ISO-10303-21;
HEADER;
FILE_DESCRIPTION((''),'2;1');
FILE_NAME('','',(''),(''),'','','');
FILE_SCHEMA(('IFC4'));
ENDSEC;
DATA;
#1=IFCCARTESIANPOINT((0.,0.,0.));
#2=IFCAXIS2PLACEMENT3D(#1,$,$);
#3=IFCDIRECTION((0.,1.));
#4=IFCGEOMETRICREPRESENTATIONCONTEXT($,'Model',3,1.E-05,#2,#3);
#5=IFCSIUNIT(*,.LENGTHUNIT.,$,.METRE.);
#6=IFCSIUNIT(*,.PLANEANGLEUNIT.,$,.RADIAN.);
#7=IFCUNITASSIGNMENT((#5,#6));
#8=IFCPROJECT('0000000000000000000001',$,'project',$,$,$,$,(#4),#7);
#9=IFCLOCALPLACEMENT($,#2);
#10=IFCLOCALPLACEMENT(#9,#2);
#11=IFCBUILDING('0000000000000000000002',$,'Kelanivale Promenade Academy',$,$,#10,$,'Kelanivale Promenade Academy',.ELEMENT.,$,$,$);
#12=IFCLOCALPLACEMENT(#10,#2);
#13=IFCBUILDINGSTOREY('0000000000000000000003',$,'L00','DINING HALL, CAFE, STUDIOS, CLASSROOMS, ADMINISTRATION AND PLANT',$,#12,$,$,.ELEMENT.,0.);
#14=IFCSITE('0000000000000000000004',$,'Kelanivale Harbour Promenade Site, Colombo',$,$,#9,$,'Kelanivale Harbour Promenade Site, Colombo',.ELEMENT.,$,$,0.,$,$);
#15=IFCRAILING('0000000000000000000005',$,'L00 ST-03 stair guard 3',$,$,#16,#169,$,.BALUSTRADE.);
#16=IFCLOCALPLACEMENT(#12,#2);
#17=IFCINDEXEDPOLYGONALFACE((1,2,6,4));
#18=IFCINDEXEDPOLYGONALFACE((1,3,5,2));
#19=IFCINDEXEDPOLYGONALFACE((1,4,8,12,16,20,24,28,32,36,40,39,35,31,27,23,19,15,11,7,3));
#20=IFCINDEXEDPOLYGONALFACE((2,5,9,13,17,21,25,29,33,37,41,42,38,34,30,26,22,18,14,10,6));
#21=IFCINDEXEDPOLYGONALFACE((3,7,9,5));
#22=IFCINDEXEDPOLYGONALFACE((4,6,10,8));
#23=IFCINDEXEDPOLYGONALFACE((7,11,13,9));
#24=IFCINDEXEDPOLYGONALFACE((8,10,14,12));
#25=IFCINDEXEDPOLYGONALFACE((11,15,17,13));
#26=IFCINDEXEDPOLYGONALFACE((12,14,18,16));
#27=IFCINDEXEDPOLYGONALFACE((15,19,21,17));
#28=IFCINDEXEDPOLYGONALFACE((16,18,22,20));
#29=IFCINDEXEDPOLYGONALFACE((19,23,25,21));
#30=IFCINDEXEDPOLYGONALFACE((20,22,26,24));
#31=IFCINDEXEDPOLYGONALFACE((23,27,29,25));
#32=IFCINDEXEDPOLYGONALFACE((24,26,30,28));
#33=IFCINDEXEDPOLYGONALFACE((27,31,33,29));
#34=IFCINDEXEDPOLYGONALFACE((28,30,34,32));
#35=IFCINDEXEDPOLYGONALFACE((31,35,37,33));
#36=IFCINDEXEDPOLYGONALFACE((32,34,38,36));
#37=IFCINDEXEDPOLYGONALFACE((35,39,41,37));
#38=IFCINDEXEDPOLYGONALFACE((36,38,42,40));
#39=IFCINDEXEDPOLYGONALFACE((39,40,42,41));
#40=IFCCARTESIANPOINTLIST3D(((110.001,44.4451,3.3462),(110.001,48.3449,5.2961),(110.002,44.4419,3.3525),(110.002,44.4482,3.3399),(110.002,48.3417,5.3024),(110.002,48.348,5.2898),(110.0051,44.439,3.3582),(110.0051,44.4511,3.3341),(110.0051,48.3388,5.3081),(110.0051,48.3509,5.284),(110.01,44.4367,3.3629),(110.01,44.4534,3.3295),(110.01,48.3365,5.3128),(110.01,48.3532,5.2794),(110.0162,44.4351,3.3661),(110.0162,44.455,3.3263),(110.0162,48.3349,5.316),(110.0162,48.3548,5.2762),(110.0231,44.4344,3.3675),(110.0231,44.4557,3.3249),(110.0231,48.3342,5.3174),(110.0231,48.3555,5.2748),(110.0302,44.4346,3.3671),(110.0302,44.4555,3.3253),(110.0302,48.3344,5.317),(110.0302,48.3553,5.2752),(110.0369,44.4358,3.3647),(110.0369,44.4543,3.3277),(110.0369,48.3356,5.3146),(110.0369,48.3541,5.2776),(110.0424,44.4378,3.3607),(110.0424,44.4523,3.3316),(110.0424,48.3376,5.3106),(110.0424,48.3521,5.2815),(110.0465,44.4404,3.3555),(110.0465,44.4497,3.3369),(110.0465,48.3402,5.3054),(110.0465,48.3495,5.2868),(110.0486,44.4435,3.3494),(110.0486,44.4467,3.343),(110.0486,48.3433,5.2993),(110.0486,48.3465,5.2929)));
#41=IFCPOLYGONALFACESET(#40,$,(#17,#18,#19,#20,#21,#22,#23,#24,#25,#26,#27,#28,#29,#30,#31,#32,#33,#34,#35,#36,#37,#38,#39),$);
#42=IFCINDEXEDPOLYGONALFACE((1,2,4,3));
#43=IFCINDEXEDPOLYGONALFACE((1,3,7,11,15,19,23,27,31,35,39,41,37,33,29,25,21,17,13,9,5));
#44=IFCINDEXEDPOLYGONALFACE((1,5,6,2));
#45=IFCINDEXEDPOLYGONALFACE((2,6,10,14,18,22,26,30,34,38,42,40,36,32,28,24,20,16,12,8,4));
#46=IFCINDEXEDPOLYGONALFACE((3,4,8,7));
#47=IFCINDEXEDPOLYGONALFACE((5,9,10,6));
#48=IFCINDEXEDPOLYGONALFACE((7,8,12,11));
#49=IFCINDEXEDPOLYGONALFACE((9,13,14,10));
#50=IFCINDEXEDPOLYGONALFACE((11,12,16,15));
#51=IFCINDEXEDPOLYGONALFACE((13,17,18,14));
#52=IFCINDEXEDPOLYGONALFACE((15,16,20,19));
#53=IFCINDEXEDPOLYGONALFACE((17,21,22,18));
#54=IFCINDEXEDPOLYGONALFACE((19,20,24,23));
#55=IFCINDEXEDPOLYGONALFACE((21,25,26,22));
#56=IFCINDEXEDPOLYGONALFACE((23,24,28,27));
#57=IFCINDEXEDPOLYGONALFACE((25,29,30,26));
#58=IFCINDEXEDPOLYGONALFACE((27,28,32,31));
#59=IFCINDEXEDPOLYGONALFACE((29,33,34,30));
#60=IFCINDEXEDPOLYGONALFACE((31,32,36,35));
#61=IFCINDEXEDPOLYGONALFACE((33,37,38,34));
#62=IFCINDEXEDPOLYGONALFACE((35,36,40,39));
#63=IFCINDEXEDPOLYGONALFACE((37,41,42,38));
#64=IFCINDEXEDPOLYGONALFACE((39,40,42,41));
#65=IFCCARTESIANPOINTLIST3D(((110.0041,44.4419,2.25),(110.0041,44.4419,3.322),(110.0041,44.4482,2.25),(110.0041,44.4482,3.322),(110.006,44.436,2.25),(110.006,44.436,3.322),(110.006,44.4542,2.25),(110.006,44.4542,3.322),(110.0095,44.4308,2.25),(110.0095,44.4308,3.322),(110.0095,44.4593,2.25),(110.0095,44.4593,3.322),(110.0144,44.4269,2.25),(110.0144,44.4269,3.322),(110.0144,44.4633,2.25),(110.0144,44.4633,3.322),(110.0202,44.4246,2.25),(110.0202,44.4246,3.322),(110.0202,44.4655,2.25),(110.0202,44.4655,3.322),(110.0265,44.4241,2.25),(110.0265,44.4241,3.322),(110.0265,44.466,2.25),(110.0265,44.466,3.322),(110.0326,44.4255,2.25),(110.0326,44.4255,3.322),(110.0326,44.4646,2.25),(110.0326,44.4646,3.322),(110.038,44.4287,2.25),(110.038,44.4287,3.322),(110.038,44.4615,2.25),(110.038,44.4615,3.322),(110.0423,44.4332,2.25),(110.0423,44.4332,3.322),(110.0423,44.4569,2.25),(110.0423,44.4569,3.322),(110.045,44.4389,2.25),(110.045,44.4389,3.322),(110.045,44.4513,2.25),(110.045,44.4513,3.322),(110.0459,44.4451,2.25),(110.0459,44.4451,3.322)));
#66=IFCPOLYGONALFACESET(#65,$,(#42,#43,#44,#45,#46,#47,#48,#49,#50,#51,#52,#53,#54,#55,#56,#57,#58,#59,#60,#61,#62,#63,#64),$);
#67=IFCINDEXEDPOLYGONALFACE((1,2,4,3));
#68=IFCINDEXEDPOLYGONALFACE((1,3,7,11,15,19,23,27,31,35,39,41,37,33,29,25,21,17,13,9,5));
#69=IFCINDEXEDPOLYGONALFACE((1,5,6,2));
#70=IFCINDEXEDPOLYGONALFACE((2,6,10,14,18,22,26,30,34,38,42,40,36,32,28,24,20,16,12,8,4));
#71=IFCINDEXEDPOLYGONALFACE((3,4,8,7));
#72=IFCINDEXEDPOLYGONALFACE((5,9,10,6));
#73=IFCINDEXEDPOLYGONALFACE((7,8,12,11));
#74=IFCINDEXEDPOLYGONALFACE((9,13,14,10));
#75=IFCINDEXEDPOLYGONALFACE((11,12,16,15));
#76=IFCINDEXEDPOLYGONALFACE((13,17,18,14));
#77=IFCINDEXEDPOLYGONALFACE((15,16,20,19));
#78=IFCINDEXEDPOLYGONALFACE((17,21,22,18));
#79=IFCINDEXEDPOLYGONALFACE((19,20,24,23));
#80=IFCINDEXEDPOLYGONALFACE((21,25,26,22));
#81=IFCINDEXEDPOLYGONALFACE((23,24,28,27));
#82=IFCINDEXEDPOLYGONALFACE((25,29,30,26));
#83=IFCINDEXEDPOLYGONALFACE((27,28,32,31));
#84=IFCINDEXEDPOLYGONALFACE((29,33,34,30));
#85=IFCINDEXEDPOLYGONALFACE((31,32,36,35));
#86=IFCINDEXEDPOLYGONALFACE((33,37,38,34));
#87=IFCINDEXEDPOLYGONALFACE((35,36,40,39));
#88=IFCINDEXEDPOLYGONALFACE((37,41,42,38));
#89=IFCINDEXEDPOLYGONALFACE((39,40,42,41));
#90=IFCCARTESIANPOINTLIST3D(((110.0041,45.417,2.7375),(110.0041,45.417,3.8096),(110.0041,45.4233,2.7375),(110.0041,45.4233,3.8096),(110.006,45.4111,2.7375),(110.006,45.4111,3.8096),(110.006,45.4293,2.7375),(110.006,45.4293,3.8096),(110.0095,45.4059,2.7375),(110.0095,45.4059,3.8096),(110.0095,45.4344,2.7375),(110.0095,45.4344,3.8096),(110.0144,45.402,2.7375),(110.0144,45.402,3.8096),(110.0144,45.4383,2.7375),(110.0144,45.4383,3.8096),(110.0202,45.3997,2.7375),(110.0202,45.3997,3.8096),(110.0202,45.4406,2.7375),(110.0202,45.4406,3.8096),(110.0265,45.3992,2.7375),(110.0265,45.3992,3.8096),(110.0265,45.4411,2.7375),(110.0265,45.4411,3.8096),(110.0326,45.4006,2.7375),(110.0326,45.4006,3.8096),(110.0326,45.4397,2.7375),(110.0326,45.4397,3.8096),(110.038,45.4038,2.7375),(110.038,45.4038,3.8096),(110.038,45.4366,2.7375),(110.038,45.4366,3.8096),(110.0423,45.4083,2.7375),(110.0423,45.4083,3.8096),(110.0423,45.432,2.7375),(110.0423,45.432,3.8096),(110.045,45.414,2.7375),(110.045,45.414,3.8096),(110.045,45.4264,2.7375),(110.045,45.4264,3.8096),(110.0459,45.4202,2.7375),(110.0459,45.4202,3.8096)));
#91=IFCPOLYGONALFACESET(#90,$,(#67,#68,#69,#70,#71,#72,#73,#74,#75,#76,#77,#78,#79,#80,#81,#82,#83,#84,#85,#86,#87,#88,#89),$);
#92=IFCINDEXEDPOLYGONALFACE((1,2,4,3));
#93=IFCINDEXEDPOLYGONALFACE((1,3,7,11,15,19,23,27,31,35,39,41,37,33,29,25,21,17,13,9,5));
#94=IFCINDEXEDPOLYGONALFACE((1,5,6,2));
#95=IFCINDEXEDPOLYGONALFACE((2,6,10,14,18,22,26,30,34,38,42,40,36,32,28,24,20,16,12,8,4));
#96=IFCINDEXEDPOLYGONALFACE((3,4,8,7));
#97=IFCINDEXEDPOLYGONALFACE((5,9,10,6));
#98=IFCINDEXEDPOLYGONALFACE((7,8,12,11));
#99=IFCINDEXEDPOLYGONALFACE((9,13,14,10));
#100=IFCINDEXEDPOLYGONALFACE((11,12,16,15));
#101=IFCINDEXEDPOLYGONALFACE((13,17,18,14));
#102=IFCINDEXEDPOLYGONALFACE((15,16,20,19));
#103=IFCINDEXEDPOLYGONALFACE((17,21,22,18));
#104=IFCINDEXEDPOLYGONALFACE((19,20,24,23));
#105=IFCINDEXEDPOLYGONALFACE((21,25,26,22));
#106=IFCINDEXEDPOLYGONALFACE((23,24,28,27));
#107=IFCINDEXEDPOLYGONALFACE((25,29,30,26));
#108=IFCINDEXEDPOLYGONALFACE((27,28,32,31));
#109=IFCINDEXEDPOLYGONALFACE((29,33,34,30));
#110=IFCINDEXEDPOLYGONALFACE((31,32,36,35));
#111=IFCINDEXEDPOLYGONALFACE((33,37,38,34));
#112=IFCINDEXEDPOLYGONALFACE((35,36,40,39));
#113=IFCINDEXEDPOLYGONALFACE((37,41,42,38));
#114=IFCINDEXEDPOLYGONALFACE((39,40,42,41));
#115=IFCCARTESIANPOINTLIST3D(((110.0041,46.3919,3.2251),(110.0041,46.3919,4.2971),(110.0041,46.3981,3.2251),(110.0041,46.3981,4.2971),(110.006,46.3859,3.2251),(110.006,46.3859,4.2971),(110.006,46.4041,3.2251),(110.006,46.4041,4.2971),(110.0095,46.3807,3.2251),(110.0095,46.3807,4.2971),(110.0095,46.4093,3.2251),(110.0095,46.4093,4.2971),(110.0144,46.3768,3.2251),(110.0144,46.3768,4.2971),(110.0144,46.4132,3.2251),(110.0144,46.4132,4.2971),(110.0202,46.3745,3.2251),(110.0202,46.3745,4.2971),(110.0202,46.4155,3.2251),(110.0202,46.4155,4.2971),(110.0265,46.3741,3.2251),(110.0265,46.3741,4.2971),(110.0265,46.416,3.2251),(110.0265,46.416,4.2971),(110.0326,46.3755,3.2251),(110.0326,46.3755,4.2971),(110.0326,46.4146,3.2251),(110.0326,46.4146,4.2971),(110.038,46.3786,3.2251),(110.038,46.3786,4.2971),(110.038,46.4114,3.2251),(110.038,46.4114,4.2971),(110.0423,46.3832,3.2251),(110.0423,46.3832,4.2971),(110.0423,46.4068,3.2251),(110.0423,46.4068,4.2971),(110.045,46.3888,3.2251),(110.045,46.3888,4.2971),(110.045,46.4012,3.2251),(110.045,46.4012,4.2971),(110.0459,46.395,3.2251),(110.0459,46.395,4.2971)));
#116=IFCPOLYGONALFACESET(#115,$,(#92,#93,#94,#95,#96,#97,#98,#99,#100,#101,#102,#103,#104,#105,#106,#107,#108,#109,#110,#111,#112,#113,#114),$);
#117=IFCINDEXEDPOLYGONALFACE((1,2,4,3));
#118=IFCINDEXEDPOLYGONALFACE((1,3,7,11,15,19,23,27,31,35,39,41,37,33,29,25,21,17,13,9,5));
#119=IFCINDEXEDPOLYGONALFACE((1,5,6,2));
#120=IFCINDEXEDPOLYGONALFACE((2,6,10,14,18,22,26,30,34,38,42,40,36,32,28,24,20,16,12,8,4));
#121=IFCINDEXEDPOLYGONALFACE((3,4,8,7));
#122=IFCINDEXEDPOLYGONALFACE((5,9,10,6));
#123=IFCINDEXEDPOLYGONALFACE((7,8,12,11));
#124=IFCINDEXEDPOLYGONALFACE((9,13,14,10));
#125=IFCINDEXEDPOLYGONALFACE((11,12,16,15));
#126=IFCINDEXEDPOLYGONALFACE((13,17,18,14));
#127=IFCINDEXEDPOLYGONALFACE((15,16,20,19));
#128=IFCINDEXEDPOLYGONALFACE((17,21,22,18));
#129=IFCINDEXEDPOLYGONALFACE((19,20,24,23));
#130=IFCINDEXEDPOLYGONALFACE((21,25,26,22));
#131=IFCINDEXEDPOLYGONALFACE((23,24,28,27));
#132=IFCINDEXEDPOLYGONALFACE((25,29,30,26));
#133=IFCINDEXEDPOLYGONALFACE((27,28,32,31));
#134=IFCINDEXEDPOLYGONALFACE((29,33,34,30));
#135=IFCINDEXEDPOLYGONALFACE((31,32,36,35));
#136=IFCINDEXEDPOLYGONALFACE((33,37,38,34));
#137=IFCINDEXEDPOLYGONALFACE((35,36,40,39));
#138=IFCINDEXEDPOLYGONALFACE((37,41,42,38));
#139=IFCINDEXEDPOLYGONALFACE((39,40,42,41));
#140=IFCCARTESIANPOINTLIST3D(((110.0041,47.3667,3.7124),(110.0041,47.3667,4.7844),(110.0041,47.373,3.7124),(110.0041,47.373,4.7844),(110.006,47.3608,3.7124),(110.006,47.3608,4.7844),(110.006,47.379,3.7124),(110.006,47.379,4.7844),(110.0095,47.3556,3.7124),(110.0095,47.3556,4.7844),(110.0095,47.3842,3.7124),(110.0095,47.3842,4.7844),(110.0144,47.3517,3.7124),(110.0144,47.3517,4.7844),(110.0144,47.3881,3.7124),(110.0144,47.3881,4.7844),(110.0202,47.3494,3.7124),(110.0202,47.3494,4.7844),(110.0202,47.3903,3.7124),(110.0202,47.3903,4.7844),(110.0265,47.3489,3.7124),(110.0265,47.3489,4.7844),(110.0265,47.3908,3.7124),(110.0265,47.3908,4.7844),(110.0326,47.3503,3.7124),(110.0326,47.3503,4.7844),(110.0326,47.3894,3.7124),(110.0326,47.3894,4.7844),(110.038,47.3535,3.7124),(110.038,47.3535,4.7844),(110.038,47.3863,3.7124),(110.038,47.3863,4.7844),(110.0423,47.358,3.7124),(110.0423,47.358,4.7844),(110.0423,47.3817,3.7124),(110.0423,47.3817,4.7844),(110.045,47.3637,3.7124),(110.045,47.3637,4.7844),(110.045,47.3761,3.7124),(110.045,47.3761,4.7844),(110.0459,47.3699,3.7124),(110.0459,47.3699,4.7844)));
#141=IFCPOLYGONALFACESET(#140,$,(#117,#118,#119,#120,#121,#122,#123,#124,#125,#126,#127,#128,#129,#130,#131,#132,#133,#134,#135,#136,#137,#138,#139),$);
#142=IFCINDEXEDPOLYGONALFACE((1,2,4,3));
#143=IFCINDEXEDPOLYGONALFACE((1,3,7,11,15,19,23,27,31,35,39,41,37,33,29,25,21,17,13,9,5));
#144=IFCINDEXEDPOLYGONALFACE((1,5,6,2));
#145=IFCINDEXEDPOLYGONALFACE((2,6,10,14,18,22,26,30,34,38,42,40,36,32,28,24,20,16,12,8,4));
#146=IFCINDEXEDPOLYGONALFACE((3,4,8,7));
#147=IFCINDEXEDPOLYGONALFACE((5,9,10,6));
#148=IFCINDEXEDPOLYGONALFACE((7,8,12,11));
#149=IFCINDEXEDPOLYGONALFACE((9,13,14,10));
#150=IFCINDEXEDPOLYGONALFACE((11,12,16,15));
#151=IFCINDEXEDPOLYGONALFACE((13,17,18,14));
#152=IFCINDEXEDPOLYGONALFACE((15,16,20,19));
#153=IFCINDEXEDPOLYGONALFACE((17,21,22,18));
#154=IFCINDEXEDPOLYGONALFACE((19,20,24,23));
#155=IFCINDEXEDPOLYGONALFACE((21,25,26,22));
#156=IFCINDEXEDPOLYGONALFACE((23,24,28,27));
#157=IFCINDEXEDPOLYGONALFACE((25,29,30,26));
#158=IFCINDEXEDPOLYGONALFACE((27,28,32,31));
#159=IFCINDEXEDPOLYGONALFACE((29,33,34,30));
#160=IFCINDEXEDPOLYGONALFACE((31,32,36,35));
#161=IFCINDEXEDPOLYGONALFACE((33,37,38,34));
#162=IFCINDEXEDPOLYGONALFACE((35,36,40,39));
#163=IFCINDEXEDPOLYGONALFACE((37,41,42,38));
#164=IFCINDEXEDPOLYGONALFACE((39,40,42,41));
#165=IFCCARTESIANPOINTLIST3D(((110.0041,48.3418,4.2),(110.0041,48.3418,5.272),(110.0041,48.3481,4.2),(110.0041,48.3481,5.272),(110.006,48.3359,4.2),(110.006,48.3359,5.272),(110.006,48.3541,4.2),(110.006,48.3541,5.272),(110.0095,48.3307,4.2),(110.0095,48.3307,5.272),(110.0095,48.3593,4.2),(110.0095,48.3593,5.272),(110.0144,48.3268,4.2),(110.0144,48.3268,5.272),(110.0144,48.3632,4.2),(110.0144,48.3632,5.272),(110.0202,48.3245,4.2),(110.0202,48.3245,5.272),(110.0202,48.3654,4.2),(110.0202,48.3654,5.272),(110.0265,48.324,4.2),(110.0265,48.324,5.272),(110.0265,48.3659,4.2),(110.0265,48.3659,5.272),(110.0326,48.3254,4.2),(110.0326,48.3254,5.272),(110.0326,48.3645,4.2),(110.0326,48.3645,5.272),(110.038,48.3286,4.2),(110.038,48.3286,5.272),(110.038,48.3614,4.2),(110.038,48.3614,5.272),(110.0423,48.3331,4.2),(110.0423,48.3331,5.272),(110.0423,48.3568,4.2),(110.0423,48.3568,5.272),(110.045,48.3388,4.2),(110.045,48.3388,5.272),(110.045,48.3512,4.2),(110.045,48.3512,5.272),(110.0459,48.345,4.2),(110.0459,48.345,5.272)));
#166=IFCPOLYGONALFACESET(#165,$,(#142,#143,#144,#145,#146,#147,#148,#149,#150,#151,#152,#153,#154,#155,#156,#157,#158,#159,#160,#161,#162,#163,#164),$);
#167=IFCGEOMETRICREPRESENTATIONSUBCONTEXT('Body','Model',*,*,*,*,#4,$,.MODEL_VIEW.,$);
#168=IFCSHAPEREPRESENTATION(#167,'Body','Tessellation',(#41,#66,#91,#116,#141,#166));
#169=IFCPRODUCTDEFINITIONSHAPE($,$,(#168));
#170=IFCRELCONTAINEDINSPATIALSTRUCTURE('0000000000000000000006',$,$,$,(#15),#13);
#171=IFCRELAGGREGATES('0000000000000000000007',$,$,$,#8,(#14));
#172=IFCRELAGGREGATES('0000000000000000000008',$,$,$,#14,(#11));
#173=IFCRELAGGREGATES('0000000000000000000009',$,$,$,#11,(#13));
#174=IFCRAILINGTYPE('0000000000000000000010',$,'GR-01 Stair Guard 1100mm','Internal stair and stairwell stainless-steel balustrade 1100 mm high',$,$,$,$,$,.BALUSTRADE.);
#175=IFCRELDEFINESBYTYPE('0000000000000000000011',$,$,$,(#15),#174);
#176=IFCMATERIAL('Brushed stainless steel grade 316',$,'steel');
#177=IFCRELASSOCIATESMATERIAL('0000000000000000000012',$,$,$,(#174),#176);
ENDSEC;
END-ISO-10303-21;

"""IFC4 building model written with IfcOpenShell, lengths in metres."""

from ifc_helpers import new_model, si_unit, direction, frame, origin, origin_2d, place, context, subcontext, project, spatial, circle, extrude, material, type_object, element, save


model = new_model("IFC4")

# Units and contexts
model_context = context("Model", 3, precision=1e-05, world=origin(), true_north=direction((0.0, 1.0)))
body_context = subcontext(model_context, "Body", "Model", "MODEL_VIEW")
ifc_project = project(units=[si_unit("LENGTHUNIT", "METRE"), si_unit("PLANEANGLEUNIT", "RADIAN")], contexts=[model_context])

# Site, building, storey
site_placement = place(None, origin())
site = spatial("IfcSite", under=ifc_project, at=site_placement, Name="Kelanivale Harbour Promenade Site, Colombo", LongName="Kelanivale Harbour Promenade Site, Colombo", CompositionType="ELEMENT", RefElevation=0.0)
building_placement = place(site_placement, origin())
building = spatial("IfcBuilding", under=site, at=building_placement, Name="Kelanivale Promenade Academy", LongName="Kelanivale Promenade Academy", CompositionType="ELEMENT")
storey_placement = place(building_placement, origin())
storey = spatial("IfcBuildingStorey", under=building, at=storey_placement, Name="L00", Description="DINING HALL, CAFE, STUDIOS, CLASSROOMS, ADMINISTRATION AND PLANT", CompositionType="ELEMENT", Elevation=0.0)

# Railing
ifc_material_1 = material(Name="Brushed stainless steel grade 316", Category="steel")
railing_type = type_object("IfcRailingType", Name="GR-01 Stair Guard 1100mm", Description="Internal stair and stairwell stainless-steel balustrade 1100 mm high", PredefinedType="BALUSTRADE", material=ifc_material_1)
railing_1_placement = place(storey_placement, frame((110.0249, 44.4451, 2.25)))
element("IfcRailing", 1, at=railing_1_placement, inside=storey, type_object=railing_type, Name="L00 ST-03 stair guard 3", PredefinedType="BALUSTRADE", context=body_context, shape_type="SweptSolid", body=[
    extrude(circle(Radius=0.0239, at=origin_2d()), frame((0.0, 0.0, 1.0962), z_axis=(0.0, 0.894427, 0.447214), x_axis=(-1.0, 0.0, 0.0)), (0.0, 0.0, 1.0), 4.3601),
    extrude(circle(Radius=0.021, at=origin_2d()), origin(), (0.0, 0.0, 1.0), 1.072),
    extrude(circle(Radius=0.021, at=origin_2d()), frame((0.0, 0.9751, 0.4875)), (0.0, 0.0, 1.0), 1.072),
    extrude(circle(Radius=0.021, at=origin_2d()), frame((0.0, 1.95, 0.9751)), (0.0, 0.0, 1.0), 1.072),
    extrude(circle(Radius=0.021, at=origin_2d()), frame((0.0, 2.9248, 1.4624)), (0.0, 0.0, 1.0), 1.072),
    extrude(circle(Radius=0.021, at=origin_2d()), frame((0.0, 3.8999, 1.95)), (0.0, 0.0, 1.0), 1.072),
])

save(model, "model.ifc")
